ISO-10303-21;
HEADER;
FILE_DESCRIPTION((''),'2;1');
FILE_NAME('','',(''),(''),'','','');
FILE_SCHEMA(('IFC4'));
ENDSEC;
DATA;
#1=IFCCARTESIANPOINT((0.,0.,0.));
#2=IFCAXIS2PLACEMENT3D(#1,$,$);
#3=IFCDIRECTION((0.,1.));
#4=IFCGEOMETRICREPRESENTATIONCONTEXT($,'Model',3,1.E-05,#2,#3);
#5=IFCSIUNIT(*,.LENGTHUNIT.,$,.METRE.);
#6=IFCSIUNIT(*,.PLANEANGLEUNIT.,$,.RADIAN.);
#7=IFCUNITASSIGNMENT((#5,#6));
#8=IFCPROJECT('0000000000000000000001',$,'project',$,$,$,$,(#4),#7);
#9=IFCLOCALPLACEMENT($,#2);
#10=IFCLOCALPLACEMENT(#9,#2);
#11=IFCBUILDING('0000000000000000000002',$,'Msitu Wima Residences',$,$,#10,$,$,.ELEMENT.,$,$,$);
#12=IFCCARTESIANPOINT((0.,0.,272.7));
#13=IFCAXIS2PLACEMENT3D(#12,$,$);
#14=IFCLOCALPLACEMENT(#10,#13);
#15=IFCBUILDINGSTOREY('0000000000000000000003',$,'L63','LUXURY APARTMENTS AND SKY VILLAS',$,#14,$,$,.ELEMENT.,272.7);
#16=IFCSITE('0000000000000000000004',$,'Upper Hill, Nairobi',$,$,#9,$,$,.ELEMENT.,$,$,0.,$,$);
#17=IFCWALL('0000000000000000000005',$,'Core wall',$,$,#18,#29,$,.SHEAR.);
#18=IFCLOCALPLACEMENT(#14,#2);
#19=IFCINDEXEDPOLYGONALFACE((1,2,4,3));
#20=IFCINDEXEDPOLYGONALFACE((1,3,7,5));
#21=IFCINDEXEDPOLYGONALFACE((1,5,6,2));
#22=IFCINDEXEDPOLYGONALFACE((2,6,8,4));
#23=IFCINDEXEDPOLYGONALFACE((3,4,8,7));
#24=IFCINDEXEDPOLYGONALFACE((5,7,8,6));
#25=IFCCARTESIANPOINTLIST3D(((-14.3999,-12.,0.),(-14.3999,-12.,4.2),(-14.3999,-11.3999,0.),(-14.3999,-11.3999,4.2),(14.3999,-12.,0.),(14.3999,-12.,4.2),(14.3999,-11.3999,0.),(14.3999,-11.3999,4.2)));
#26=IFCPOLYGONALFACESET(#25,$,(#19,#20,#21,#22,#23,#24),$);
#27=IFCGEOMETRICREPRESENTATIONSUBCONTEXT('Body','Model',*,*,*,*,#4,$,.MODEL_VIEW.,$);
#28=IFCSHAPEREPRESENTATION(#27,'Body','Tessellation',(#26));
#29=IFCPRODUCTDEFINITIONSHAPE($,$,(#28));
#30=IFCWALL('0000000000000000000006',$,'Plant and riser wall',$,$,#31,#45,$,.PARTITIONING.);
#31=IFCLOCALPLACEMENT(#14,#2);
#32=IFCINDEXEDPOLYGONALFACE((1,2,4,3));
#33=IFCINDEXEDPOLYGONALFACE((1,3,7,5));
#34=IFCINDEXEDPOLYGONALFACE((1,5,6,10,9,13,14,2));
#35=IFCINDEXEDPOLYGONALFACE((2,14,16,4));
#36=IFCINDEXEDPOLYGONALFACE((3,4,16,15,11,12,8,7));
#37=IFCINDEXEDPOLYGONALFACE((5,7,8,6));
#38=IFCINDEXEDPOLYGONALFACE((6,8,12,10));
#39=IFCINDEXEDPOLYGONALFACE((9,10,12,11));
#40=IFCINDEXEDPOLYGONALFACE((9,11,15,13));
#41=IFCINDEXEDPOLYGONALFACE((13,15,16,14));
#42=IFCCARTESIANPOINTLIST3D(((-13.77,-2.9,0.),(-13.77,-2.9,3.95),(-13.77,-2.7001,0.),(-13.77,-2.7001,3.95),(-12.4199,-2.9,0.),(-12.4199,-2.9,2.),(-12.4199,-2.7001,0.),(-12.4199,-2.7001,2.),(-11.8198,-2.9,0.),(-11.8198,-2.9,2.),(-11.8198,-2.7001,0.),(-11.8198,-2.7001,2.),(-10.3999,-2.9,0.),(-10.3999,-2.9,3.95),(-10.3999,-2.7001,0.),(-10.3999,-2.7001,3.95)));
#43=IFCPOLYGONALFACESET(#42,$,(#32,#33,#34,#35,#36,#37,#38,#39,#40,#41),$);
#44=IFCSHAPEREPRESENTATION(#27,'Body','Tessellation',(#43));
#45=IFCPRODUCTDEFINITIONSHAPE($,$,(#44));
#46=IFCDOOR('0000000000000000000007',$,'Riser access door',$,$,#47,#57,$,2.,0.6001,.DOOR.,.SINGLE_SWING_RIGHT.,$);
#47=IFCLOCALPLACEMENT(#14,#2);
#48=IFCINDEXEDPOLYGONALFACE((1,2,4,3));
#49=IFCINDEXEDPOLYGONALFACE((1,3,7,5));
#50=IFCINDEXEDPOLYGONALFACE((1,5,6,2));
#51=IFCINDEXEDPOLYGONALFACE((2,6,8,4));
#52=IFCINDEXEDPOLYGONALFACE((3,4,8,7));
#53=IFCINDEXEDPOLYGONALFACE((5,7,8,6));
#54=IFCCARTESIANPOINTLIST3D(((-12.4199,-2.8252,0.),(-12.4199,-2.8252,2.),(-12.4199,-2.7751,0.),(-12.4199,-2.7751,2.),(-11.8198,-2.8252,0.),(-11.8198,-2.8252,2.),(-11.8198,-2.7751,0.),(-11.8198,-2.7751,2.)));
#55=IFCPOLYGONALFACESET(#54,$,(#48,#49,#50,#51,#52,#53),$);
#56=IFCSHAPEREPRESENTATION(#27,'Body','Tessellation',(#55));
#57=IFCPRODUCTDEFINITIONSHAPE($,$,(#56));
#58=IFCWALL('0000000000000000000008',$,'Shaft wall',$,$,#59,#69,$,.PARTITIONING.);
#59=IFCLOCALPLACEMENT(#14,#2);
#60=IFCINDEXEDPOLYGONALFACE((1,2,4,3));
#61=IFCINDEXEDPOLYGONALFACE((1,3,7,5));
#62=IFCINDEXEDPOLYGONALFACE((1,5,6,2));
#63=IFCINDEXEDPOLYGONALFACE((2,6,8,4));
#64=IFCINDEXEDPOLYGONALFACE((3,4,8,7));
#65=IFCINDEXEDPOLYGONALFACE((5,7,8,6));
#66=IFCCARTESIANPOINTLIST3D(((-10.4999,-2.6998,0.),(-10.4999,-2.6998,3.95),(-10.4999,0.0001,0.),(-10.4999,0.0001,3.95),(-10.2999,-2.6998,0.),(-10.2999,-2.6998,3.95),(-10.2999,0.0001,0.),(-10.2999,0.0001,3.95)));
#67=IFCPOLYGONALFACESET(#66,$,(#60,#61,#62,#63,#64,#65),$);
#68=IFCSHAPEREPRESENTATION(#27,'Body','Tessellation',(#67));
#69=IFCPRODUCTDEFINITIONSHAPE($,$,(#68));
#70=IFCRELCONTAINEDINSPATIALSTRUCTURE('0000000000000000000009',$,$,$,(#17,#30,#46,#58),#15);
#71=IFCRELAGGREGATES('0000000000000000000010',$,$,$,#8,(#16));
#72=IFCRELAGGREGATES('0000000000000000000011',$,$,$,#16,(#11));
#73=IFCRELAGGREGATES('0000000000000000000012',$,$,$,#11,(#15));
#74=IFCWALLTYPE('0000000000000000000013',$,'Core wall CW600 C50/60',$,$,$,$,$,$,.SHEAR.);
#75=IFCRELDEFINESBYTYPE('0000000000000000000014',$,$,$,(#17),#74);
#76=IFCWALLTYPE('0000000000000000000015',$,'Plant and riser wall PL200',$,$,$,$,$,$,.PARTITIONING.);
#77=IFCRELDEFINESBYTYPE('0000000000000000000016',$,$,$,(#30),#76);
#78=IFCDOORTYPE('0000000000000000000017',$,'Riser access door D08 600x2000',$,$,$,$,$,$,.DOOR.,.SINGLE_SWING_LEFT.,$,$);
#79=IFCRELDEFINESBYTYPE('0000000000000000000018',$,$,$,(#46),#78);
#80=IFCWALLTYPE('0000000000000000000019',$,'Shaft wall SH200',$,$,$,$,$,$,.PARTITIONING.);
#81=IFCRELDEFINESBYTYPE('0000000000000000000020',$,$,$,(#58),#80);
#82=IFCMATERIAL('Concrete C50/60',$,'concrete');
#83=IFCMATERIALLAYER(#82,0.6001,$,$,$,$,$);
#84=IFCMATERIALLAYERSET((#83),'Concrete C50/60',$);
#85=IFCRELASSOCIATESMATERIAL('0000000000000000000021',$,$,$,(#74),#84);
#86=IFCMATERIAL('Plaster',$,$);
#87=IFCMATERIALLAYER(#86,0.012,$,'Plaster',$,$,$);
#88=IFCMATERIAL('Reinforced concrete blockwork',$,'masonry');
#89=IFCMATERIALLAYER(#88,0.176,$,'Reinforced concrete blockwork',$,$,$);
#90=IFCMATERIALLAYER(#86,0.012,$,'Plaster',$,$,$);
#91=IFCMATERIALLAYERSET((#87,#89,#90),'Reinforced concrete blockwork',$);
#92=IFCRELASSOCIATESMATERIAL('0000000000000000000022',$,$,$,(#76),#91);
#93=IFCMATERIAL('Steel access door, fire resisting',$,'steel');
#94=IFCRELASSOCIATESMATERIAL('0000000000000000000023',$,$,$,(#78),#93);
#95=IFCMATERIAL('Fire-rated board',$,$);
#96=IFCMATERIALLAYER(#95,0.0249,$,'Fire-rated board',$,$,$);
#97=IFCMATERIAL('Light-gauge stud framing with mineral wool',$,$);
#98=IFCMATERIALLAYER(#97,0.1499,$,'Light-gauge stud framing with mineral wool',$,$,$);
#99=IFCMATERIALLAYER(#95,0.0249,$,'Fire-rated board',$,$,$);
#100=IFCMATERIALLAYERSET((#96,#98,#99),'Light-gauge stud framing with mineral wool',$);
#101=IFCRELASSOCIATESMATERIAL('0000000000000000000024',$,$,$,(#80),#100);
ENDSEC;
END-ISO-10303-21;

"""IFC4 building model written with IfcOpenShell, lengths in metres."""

from ifc_helpers import new_model, si_unit, direction, frame, frame_2d, origin, place, context, subcontext, project, spatial, rectangle, extrude, material, layer, layer_set, type_object, element, fill, save


model = new_model("IFC4")

# Units and contexts
model_context = context("Model", 3, precision=1e-05, world=origin(), true_north=direction((0.0, 1.0)))
body_context = subcontext(model_context, "Body", "Model", "MODEL_VIEW")
ifc_project = project(units=[si_unit("LENGTHUNIT", "METRE"), si_unit("PLANEANGLEUNIT", "RADIAN")], contexts=[model_context])

# Site, building, storey
site_placement = place(None, origin())
site = spatial("IfcSite", under=ifc_project, at=site_placement, Name="Upper Hill, Nairobi", CompositionType="ELEMENT", RefElevation=0.0)
building_placement = place(site_placement, origin())
building = spatial("IfcBuilding", under=site, at=building_placement, Name="Msitu Wima Residences", CompositionType="ELEMENT")
storey_placement = place(building_placement, frame((0.0, 0.0, 272.7)))
storey = spatial("IfcBuildingStorey", under=building, at=storey_placement, Name="L63", Description="LUXURY APARTMENTS AND SKY VILLAS", CompositionType="ELEMENT", Elevation=272.7)

# Wall
ifc_material_1 = material(Name="Concrete C50/60", Category="concrete")
ifc_layer_1 = layer(ifc_material_1, 0.6001)
ifc_layer_set_1 = layer_set([ifc_layer_1], Name="Concrete C50/60")
wall_type_1 = type_object("IfcWallType", Name="Core wall CW600 C50/60", PredefinedType="SHEAR", material=ifc_layer_set_1)
wall_1_placement = place(storey_placement, frame((-14.3999, -11.7, 0.0), z_axis=(0.0, 0.0, 1.0), x_axis=(1.0, 0.0, 0.0)))
element("IfcWall", 1, at=wall_1_placement, inside=storey, type_object=wall_type_1, Name="Core wall", PredefinedType="SHEAR", context=body_context, shape_type="SweptSolid", body=[
    extrude(rectangle(XDim=28.7998, YDim=0.6001, at=frame_2d((14.3999, 0.0))), origin(), (0.0, 0.0, 1.0), 4.2),
])

# Wall, opening, door
ifc_material_2 = material(Name="Plaster")
ifc_layer_2 = layer(ifc_material_2, 0.012, Name="Plaster")
ifc_material_3 = material(Name="Reinforced concrete blockwork", Category="masonry")
ifc_layer_3 = layer(ifc_material_3, 0.176, Name="Reinforced concrete blockwork")
ifc_layer_4 = layer(ifc_material_2, 0.012, Name="Plaster")
ifc_layer_set_2 = layer_set([ifc_layer_2, ifc_layer_3, ifc_layer_4], Name="Reinforced concrete blockwork")
wall_type_2 = type_object("IfcWallType", Name="Plant and riser wall PL200", PredefinedType="PARTITIONING", material=ifc_layer_set_2)
wall_2_placement = place(storey_placement, frame((-13.77, -2.8, 0.0), z_axis=(0.0, 0.0, 1.0), x_axis=(1.0, 0.0, 0.0)))
wall_2 = element("IfcWall", 2, at=wall_2_placement, inside=storey, type_object=wall_type_2, Name="Plant and riser wall", PredefinedType="PARTITIONING", context=body_context, shape_type="SweptSolid", body=[
    extrude(rectangle(XDim=3.3701, YDim=0.2, at=frame_2d((1.6851, 0.0))), origin(), (0.0, 0.0, 1.0), 3.95),
])
opening_1_placement = place(wall_2_placement, frame((1.3501, 0.0, 0.0)))
opening_1 = element("IfcOpeningElement", 3, at=opening_1_placement, cuts=wall_2, PredefinedType="OPENING", context=body_context, shape_type="SweptSolid", body=[
    extrude(rectangle(XDim=0.6001, YDim=2.0, at=frame_2d((0.3, 1.0))), frame((0.0, 0.1099, 0.0), z_axis=(0.0, -1.0, 0.0), x_axis=(1.0, 0.0, 0.0)), (0.0, 0.0, 1.0), 0.22),
])
ifc_material_4 = material(Name="Steel access door, fire resisting", Category="steel")
door_type_1 = type_object("IfcDoorType", Name="Riser access door D08 600x2000", OperationType="SINGLE_SWING_LEFT", PredefinedType="DOOR", material=ifc_material_4)
door_1_placement = place(opening_1_placement, origin())
door_1 = element("IfcDoor", 4, at=door_1_placement, inside=storey, type_object=door_type_1, Name="Riser access door", OperationType="SINGLE_SWING_RIGHT", OverallHeight=2.0, OverallWidth=0.6001, PredefinedType="DOOR", context=body_context, shape_type="SweptSolid", body=[
    extrude(rectangle(XDim=0.6001, YDim=2.0, at=frame_2d((0.3, 1.0))), frame((0.0, 0.0249, 0.0), z_axis=(0.0, -1.0, 0.0), x_axis=(1.0, 0.0, 0.0)), (0.0, 0.0, 1.0), 0.05),
])
fill(opening_1, door_1)

# Wall
ifc_material_5 = material(Name="Fire-rated board")
ifc_layer_5 = layer(ifc_material_5, 0.0249, Name="Fire-rated board")
ifc_material_6 = material(Name="Light-gauge stud framing with mineral wool")
ifc_layer_6 = layer(ifc_material_6, 0.1499, Name="Light-gauge stud framing with mineral wool")
ifc_layer_7 = layer(ifc_material_5, 0.0249, Name="Fire-rated board")
ifc_layer_set_3 = layer_set([ifc_layer_5, ifc_layer_6, ifc_layer_7], Name="Light-gauge stud framing with mineral wool")
wall_type_3 = type_object("IfcWallType", Name="Shaft wall SH200", PredefinedType="PARTITIONING", material=ifc_layer_set_3)
wall_3_placement = place(storey_placement, frame((-10.3999, -2.7, 0.0), z_axis=(0.0, 0.0, 1.0), x_axis=(0.0, 1.0, 0.0)))
element("IfcWall", 5, at=wall_3_placement, inside=storey, type_object=wall_type_3, Name="Shaft wall", PredefinedType="PARTITIONING", context=body_context, shape_type="SweptSolid", body=[
    extrude(rectangle(XDim=2.7, YDim=0.2, at=frame_2d((1.3501, 0.0))), origin(), (0.0, 0.0, 1.0), 3.95),
])

save(model, "model.ifc")
